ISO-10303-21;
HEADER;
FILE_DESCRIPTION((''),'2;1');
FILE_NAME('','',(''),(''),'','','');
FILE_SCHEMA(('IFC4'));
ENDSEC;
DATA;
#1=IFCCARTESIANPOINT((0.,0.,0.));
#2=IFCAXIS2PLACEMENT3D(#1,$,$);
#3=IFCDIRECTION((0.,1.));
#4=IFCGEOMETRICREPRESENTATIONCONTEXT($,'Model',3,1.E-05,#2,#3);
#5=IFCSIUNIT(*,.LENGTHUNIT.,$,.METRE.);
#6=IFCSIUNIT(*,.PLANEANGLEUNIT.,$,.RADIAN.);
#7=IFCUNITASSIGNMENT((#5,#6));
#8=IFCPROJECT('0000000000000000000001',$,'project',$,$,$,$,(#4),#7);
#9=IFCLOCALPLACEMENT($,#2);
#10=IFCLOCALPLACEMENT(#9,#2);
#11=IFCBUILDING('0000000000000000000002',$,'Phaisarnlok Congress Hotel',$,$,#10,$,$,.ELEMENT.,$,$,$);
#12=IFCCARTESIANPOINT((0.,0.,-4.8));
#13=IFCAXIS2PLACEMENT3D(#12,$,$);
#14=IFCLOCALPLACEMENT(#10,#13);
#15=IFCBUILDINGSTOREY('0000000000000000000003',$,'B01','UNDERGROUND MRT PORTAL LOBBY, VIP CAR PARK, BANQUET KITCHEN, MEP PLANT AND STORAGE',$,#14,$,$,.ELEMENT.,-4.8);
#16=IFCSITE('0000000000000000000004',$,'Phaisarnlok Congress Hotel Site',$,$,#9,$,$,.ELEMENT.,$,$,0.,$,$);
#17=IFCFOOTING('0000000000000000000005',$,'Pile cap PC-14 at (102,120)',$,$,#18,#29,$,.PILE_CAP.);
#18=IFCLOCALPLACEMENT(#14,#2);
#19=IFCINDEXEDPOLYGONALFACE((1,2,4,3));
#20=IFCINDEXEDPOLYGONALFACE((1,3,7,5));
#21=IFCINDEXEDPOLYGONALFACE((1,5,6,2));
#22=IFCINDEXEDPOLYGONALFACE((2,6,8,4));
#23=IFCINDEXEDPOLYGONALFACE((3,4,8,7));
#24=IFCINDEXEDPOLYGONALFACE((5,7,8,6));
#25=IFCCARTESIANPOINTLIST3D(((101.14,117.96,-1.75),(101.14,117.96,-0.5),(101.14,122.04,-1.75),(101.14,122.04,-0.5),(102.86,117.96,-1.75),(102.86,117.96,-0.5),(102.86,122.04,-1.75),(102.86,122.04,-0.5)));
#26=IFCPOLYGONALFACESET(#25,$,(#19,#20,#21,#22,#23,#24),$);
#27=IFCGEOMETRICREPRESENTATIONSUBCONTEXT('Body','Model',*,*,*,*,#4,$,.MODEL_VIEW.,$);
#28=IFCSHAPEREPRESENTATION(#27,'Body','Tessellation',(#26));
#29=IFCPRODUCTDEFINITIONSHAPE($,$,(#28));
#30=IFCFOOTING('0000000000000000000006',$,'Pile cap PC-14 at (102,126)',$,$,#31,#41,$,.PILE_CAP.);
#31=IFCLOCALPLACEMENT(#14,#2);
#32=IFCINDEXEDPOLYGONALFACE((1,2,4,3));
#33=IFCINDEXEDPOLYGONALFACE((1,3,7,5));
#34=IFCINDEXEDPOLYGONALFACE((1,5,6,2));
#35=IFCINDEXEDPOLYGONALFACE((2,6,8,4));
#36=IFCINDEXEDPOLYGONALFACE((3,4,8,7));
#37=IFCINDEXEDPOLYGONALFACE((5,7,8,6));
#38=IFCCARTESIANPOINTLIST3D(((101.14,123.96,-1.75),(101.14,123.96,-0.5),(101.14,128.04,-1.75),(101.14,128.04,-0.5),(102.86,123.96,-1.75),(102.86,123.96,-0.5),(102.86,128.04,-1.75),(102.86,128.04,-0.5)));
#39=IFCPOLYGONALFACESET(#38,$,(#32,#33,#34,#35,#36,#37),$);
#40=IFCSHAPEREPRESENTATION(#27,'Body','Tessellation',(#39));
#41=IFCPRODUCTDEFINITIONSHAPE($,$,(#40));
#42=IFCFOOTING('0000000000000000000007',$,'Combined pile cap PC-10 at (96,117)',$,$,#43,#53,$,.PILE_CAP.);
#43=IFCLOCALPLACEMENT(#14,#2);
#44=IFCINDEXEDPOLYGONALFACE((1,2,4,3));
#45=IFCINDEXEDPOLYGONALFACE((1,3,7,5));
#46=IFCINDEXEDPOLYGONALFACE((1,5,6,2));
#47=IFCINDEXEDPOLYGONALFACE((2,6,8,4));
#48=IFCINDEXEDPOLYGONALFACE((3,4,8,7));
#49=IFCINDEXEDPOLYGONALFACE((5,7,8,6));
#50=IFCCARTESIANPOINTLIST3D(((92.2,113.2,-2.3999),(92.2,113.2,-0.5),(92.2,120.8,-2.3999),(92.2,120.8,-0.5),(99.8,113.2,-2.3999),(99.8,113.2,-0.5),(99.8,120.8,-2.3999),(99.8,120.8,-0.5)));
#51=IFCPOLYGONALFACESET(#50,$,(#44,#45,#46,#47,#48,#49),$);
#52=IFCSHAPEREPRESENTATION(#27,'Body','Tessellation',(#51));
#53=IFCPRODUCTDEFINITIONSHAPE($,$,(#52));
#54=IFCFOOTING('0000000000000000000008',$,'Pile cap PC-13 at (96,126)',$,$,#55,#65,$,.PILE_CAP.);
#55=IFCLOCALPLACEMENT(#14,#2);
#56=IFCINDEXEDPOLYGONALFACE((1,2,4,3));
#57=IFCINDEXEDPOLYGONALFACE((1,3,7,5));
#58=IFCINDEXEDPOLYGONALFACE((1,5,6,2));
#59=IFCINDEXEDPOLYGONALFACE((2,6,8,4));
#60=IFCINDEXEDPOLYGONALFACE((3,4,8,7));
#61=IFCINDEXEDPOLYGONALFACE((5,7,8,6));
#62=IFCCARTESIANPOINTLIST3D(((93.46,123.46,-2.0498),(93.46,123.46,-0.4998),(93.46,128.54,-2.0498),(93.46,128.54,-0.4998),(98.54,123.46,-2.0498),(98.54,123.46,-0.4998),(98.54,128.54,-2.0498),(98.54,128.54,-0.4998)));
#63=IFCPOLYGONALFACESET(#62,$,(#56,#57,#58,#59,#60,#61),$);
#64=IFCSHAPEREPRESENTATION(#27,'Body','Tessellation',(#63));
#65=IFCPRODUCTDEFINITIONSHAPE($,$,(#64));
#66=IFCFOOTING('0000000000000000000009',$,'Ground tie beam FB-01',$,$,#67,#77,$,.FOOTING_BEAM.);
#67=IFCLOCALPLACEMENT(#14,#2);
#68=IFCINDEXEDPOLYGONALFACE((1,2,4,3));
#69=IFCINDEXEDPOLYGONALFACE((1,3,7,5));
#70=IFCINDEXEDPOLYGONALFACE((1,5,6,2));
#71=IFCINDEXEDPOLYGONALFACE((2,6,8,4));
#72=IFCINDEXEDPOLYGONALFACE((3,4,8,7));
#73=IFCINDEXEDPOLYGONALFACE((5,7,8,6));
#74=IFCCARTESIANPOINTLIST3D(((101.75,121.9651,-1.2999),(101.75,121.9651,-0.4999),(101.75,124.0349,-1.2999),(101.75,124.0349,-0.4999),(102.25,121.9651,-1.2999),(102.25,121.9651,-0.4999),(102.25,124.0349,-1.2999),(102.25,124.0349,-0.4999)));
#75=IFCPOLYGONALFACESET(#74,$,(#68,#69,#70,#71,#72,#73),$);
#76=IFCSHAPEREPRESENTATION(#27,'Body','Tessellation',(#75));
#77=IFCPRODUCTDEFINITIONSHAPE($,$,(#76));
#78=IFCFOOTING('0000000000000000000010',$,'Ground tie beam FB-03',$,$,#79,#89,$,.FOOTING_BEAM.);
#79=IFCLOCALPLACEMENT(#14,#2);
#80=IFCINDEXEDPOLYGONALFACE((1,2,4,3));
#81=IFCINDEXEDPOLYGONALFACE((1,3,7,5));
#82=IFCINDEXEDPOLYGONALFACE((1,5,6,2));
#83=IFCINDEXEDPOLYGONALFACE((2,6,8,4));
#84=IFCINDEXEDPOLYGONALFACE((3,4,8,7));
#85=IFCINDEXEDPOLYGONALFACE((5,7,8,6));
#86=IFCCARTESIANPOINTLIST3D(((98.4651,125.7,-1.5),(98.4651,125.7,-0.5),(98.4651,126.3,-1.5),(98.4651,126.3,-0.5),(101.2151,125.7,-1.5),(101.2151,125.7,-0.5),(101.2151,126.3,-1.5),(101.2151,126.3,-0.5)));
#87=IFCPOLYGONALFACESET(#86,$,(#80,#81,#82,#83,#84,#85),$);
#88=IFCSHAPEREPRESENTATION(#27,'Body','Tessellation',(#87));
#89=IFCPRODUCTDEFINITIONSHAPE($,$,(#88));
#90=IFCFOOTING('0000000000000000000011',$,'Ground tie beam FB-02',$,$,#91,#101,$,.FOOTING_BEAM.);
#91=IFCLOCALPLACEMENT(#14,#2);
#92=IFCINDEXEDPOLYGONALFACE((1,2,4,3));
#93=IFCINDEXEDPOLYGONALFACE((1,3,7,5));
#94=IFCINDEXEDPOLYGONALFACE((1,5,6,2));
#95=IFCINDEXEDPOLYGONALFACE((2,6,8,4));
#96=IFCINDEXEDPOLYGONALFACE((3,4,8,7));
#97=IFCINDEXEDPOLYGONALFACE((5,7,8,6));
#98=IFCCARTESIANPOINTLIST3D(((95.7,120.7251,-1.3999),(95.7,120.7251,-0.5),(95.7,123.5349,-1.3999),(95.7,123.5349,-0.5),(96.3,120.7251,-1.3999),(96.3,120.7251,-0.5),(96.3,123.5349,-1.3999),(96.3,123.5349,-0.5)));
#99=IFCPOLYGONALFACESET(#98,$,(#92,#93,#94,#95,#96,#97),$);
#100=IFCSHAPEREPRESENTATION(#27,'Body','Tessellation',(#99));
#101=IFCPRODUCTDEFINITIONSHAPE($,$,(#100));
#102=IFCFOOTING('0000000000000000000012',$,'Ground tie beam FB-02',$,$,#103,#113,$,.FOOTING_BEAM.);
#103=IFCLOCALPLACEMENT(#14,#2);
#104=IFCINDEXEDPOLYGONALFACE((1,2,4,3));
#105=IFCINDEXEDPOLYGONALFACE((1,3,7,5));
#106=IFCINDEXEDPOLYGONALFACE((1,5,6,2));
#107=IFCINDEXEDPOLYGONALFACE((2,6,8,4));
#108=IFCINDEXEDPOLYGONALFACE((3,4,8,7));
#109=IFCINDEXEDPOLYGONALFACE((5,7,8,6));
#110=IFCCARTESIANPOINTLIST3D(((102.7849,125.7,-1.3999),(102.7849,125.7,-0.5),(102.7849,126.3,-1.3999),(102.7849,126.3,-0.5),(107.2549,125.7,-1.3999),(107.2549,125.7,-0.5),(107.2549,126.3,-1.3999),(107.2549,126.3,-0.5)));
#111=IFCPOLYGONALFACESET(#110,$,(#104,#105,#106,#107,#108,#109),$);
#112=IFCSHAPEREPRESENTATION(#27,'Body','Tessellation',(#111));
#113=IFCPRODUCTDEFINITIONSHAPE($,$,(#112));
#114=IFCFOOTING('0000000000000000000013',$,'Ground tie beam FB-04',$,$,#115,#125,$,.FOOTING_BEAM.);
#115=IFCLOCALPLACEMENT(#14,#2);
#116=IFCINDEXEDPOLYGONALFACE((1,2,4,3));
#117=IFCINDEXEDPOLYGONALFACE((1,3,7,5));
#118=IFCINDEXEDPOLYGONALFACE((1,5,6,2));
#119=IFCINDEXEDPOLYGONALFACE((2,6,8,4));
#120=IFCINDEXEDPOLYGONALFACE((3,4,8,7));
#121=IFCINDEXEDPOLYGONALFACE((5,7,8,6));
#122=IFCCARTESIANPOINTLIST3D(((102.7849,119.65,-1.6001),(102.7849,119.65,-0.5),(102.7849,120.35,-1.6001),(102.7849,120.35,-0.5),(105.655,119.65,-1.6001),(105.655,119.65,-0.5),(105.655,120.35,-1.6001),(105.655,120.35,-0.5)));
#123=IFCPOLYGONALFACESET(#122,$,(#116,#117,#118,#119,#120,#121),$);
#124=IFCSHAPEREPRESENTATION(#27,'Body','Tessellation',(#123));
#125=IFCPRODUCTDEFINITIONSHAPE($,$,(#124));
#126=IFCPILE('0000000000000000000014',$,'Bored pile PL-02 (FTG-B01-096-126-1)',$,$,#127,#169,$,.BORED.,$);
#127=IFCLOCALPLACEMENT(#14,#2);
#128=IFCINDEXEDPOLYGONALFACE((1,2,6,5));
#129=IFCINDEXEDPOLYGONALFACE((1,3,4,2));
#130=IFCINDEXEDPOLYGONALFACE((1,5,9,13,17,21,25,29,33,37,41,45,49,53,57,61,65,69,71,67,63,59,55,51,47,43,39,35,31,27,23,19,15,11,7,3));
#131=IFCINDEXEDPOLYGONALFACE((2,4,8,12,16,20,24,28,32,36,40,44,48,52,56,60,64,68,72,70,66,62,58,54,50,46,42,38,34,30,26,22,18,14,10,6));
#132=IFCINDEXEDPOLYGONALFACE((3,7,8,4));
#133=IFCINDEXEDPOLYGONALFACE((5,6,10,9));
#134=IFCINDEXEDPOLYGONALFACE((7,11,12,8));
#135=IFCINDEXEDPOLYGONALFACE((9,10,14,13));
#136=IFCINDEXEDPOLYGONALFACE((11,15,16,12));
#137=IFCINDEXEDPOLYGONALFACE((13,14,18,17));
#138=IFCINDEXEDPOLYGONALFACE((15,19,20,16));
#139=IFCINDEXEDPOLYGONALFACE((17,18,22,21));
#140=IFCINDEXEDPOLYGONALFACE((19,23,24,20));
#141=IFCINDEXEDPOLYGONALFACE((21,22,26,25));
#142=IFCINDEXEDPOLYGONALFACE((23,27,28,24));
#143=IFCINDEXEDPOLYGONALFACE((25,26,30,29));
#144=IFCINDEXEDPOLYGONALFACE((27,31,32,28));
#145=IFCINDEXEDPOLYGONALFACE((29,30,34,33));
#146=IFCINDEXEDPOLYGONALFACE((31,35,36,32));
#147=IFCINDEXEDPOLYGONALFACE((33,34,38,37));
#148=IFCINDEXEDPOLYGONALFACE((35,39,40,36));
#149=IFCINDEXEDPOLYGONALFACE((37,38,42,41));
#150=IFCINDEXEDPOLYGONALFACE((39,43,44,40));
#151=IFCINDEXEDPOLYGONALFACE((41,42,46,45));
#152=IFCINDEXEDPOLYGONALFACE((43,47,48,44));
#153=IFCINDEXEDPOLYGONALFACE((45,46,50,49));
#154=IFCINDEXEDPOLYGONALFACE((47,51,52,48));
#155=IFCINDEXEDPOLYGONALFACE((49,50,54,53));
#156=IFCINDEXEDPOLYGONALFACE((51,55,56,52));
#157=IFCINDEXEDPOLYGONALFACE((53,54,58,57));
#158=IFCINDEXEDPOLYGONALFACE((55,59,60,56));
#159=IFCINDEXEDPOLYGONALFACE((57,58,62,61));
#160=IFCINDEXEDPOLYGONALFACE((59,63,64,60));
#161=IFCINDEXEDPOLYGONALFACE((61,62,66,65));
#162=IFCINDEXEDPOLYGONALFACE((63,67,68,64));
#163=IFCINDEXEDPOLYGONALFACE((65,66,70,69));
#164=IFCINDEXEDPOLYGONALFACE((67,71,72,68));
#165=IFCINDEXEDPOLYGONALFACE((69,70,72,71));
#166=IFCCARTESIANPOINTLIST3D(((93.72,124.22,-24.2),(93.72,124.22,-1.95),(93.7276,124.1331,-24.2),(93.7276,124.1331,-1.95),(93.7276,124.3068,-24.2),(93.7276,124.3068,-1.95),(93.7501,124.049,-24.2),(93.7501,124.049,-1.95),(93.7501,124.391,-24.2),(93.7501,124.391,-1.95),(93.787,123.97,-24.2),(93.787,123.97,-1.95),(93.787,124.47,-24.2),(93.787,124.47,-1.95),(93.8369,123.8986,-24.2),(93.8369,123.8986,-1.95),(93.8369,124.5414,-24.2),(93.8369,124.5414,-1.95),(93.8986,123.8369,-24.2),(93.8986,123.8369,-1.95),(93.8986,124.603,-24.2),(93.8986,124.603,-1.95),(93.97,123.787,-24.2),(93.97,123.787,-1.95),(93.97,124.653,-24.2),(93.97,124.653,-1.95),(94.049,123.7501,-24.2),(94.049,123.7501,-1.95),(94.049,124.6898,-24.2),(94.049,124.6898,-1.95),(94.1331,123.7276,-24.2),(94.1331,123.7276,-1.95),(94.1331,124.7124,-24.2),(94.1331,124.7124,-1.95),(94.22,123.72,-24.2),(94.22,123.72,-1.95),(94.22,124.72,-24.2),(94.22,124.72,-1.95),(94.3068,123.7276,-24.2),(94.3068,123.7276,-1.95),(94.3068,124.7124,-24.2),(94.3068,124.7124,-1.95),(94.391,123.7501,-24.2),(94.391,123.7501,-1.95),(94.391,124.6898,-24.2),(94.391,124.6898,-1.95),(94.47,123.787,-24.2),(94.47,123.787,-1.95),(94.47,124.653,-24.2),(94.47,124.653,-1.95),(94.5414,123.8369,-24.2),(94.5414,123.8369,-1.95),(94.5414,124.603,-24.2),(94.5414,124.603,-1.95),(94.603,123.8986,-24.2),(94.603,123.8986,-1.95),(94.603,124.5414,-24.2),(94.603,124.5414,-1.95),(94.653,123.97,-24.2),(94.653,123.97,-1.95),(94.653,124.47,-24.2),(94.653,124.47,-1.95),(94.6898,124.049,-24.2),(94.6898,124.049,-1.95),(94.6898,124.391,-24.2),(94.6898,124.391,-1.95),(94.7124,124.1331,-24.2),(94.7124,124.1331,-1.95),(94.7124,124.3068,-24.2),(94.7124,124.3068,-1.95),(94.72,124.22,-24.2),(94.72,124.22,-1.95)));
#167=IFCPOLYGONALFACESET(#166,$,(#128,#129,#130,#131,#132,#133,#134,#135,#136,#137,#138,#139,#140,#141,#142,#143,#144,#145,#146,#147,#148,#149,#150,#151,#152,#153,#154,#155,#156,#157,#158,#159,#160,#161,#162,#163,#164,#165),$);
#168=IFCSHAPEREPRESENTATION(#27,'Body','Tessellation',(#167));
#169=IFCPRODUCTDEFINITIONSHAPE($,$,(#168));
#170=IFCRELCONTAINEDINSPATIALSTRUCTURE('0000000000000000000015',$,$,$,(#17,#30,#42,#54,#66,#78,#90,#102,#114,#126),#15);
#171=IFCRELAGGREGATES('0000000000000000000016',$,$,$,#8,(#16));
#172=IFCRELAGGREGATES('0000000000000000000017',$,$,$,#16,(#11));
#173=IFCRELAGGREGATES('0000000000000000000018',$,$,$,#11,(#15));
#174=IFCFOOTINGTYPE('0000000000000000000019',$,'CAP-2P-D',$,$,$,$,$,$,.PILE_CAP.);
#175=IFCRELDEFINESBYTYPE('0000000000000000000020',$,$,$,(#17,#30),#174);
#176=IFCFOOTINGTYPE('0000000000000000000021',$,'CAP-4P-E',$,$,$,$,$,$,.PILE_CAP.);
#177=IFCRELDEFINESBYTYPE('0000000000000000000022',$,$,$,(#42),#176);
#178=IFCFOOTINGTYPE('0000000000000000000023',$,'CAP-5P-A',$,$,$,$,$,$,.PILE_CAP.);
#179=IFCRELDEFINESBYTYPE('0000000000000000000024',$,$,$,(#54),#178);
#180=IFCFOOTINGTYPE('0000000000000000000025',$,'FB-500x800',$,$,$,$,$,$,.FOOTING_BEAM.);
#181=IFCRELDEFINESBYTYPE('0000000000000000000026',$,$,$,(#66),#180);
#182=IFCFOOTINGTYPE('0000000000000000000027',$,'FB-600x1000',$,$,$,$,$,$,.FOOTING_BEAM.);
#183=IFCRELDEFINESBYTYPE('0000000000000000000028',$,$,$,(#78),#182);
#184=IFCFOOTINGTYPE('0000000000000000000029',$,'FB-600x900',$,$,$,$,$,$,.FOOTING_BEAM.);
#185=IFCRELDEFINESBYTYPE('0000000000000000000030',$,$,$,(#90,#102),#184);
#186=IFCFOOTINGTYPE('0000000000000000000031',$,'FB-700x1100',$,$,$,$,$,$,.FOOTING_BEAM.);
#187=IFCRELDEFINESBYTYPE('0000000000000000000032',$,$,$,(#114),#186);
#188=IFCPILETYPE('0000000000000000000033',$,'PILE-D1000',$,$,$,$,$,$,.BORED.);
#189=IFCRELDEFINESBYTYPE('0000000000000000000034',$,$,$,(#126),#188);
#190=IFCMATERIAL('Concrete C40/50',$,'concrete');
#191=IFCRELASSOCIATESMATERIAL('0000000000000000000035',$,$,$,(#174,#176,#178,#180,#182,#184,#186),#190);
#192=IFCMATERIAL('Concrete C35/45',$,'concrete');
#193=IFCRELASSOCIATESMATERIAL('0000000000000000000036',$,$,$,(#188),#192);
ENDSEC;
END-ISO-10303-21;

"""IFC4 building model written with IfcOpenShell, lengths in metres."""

from ifc_helpers import new_model, si_unit, direction, frame, origin, origin_2d, place, context, subcontext, project, spatial, rectangle, circle, extrude, material, material_profile, profile_set, type_object, element, save


model = new_model("IFC4")

# Units and contexts
model_context = context("Model", 3, precision=1e-05, world=origin(), true_north=direction((0.0, 1.0)))
body_context = subcontext(model_context, "Body", "Model", "MODEL_VIEW")
ifc_project = project(units=[si_unit("LENGTHUNIT", "METRE"), si_unit("PLANEANGLEUNIT", "RADIAN")], contexts=[model_context])

# Site, building, storey
site_placement = place(None, origin())
site = spatial("IfcSite", under=ifc_project, at=site_placement, Name="Phaisarnlok Congress Hotel Site", CompositionType="ELEMENT", RefElevation=0.0)
building_placement = place(site_placement, origin())
building = spatial("IfcBuilding", under=site, at=building_placement, Name="Phaisarnlok Congress Hotel", CompositionType="ELEMENT")
storey_placement = place(building_placement, frame((0.0, 0.0, -4.8)))
storey = spatial("IfcBuildingStorey", under=building, at=storey_placement, Name="B01", Description="UNDERGROUND MRT PORTAL LOBBY, VIP CAR PARK, BANQUET KITCHEN, MEP PLANT AND STORAGE", CompositionType="ELEMENT", Elevation=-4.8)

# Footings
ifc_material_1 = material(Name="Concrete C40/50", Category="concrete")
footing_type_1 = type_object("IfcFootingType", Name="CAP-2P-D", PredefinedType="PILE_CAP", material=ifc_material_1)
for number, where, z_axis, x_axis, name in (
    (1, (102.0, 120.0, -1.75), (0.0, 0.0, 1.0), (1.0, 0.0, 0.0), "Pile cap PC-14 at (102,120)"),
    (2, (102.0, 126.0, -1.75), (0.0, 0.0, 1.0), (1.0, 0.0, 0.0), "Pile cap PC-14 at (102,126)"),
):
    element("IfcFooting", number, at=place(storey_placement, frame(where, z_axis=z_axis, x_axis=x_axis)), inside=storey, type_object=footing_type_1, Name=name, PredefinedType="PILE_CAP", context=body_context, shape_type="SweptSolid", body=[
        extrude(rectangle(XDim=1.72, YDim=4.0801, at=origin_2d()), origin(), (0.0, 0.0, 1.0), 1.25),
    ])
footing_type_2 = type_object("IfcFootingType", Name="CAP-4P-E", PredefinedType="PILE_CAP", material=ifc_material_1)
footing_1_placement = place(storey_placement, frame((96.0, 117.0, -2.3999), z_axis=(0.0, 0.0, 1.0), x_axis=(1.0, 0.0, 0.0)))
element("IfcFooting", 3, at=footing_1_placement, inside=storey, type_object=footing_type_2, Name="Combined pile cap PC-10 at (96,117)", PredefinedType="PILE_CAP", context=body_context, shape_type="SweptSolid", body=[
    extrude(rectangle(XDim=7.6001, YDim=7.6001, at=origin_2d()), origin(), (0.0, 0.0, 1.0), 1.8999),
])
footing_type_3 = type_object("IfcFootingType", Name="CAP-5P-A", PredefinedType="PILE_CAP", material=ifc_material_1)
footing_2_placement = place(storey_placement, frame((96.0, 126.0, -2.0498), z_axis=(0.0, 0.0, 1.0), x_axis=(1.0, 0.0, 0.0)))
element("IfcFooting", 4, at=footing_2_placement, inside=storey, type_object=footing_type_3, Name="Pile cap PC-13 at (96,126)", PredefinedType="PILE_CAP", context=body_context, shape_type="SweptSolid", body=[
    extrude(rectangle(XDim=5.0801, YDim=5.0801, at=origin_2d()), origin(), (0.0, 0.0, 1.0), 1.55),
])
ifc_material_profile_1 = material_profile(ifc_material_1, rectangle(XDim=0.5, YDim=0.8, at=origin_2d()), Name="FB-500x800")
ifc_profile_set_1 = profile_set([ifc_material_profile_1], Name="Concrete C40/50")
footing_type_4 = type_object("IfcFootingType", Name="FB-500x800", PredefinedType="FOOTING_BEAM", material=ifc_profile_set_1)
footing_3_placement = place(storey_placement, frame((102.0, 121.9651, -0.8999), z_axis=(0.0, 1.0, 0.0), x_axis=(-1.0, 0.0, 0.0)))
element("IfcFooting", 5, at=footing_3_placement, inside=storey, type_object=footing_type_4, Name="Ground tie beam FB-01", PredefinedType="FOOTING_BEAM", context=body_context, shape_type="SweptSolid", body=[
    extrude(rectangle(XDim=0.5, YDim=0.8, at=origin_2d()), origin(), (0.0, 0.0, 1.0), 2.0698),
])
ifc_material_profile_2 = material_profile(ifc_material_1, rectangle(XDim=0.6001, YDim=1.0, at=origin_2d()), Name="FB-600x1000")
ifc_profile_set_2 = profile_set([ifc_material_profile_2], Name="Concrete C40/50")
footing_type_5 = type_object("IfcFootingType", Name="FB-600x1000", PredefinedType="FOOTING_BEAM", material=ifc_profile_set_2)
footing_4_placement = place(storey_placement, frame((98.4651, 126.0, -1.0), z_axis=(1.0, 0.0, 0.0), x_axis=(0.0, 1.0, 0.0)))
element("IfcFooting", 6, at=footing_4_placement, inside=storey, type_object=footing_type_5, Name="Ground tie beam FB-03", PredefinedType="FOOTING_BEAM", context=body_context, shape_type="SweptSolid", body=[
    extrude(rectangle(XDim=0.6001, YDim=1.0, at=origin_2d()), origin(), (0.0, 0.0, 1.0), 2.75),
])
ifc_material_profile_3 = material_profile(ifc_material_1, rectangle(XDim=0.6001, YDim=0.8999, at=origin_2d()), Name="FB-600x900")
ifc_profile_set_3 = profile_set([ifc_material_profile_3], Name="Concrete C40/50")
footing_type_6 = type_object("IfcFootingType", Name="FB-600x900", PredefinedType="FOOTING_BEAM", material=ifc_profile_set_3)
footing_5_placement = place(storey_placement, frame((96.0, 120.7251, -0.95), z_axis=(0.0, 1.0, 0.0), x_axis=(-1.0, 0.0, 0.0)))
element("IfcFooting", 7, at=footing_5_placement, inside=storey, type_object=footing_type_6, Name="Ground tie beam FB-02", PredefinedType="FOOTING_BEAM", context=body_context, shape_type="SweptSolid", body=[
    extrude(rectangle(XDim=0.6001, YDim=0.8999, at=origin_2d()), origin(), (0.0, 0.0, 1.0), 2.8098),
])
footing_6_placement = place(storey_placement, frame((102.7849, 126.0, -0.95), z_axis=(1.0, 0.0, 0.0), x_axis=(0.0, 1.0, 0.0)))
element("IfcFooting", 8, at=footing_6_placement, inside=storey, type_object=footing_type_6, Name="Ground tie beam FB-02", PredefinedType="FOOTING_BEAM", context=body_context, shape_type="SweptSolid", body=[
    extrude(rectangle(XDim=0.6001, YDim=0.8999, at=origin_2d()), origin(), (0.0, 0.0, 1.0), 4.47),
])
ifc_material_profile_4 = material_profile(ifc_material_1, rectangle(XDim=0.7, YDim=1.1001, at=origin_2d()), Name="FB-700x1100")
ifc_profile_set_4 = profile_set([ifc_material_profile_4], Name="Concrete C40/50")
footing_type_7 = type_object("IfcFootingType", Name="FB-700x1100", PredefinedType="FOOTING_BEAM", material=ifc_profile_set_4)
footing_7_placement = place(storey_placement, frame((102.7849, 120.0, -1.05), z_axis=(1.0, 0.0, 0.0), x_axis=(0.0, 1.0, 0.0)))
element("IfcFooting", 9, at=footing_7_placement, inside=storey, type_object=footing_type_7, Name="Ground tie beam FB-04", PredefinedType="FOOTING_BEAM", context=body_context, shape_type="SweptSolid", body=[
    extrude(rectangle(XDim=0.7, YDim=1.1001, at=origin_2d()), origin(), (0.0, 0.0, 1.0), 2.8701),
])

# Pile
ifc_material_2 = material(Name="Concrete C35/45", Category="concrete")
ifc_material_profile_5 = material_profile(ifc_material_2, circle(Radius=0.5, at=origin_2d()), Name="BORED PILE D1000")
ifc_profile_set_5 = profile_set([ifc_material_profile_5], Name="Concrete C35/45")
pile_type_1 = type_object("IfcPileType", Name="PILE-D1000", PredefinedType="BORED", material=ifc_profile_set_5)
for number, where, z_axis, x_axis, name in (
    (10, (94.22, 124.22, -1.95), (0.0, 0.0, -1.0), (1.0, 0.0, 0.0), "Bored pile PL-02 (FTG-B01-096-126-1)"),
):
    element("IfcPile", number, at=place(storey_placement, frame(where, z_axis=z_axis, x_axis=x_axis)), inside=storey, type_object=pile_type_1, Name=name, PredefinedType="BORED", context=body_context, shape_type="SweptSolid", body=[
        extrude(circle(Radius=0.5, at=origin_2d()), origin(), (0.0, 0.0, 1.0), 22.25),
    ])

save(model, "model.ifc")
